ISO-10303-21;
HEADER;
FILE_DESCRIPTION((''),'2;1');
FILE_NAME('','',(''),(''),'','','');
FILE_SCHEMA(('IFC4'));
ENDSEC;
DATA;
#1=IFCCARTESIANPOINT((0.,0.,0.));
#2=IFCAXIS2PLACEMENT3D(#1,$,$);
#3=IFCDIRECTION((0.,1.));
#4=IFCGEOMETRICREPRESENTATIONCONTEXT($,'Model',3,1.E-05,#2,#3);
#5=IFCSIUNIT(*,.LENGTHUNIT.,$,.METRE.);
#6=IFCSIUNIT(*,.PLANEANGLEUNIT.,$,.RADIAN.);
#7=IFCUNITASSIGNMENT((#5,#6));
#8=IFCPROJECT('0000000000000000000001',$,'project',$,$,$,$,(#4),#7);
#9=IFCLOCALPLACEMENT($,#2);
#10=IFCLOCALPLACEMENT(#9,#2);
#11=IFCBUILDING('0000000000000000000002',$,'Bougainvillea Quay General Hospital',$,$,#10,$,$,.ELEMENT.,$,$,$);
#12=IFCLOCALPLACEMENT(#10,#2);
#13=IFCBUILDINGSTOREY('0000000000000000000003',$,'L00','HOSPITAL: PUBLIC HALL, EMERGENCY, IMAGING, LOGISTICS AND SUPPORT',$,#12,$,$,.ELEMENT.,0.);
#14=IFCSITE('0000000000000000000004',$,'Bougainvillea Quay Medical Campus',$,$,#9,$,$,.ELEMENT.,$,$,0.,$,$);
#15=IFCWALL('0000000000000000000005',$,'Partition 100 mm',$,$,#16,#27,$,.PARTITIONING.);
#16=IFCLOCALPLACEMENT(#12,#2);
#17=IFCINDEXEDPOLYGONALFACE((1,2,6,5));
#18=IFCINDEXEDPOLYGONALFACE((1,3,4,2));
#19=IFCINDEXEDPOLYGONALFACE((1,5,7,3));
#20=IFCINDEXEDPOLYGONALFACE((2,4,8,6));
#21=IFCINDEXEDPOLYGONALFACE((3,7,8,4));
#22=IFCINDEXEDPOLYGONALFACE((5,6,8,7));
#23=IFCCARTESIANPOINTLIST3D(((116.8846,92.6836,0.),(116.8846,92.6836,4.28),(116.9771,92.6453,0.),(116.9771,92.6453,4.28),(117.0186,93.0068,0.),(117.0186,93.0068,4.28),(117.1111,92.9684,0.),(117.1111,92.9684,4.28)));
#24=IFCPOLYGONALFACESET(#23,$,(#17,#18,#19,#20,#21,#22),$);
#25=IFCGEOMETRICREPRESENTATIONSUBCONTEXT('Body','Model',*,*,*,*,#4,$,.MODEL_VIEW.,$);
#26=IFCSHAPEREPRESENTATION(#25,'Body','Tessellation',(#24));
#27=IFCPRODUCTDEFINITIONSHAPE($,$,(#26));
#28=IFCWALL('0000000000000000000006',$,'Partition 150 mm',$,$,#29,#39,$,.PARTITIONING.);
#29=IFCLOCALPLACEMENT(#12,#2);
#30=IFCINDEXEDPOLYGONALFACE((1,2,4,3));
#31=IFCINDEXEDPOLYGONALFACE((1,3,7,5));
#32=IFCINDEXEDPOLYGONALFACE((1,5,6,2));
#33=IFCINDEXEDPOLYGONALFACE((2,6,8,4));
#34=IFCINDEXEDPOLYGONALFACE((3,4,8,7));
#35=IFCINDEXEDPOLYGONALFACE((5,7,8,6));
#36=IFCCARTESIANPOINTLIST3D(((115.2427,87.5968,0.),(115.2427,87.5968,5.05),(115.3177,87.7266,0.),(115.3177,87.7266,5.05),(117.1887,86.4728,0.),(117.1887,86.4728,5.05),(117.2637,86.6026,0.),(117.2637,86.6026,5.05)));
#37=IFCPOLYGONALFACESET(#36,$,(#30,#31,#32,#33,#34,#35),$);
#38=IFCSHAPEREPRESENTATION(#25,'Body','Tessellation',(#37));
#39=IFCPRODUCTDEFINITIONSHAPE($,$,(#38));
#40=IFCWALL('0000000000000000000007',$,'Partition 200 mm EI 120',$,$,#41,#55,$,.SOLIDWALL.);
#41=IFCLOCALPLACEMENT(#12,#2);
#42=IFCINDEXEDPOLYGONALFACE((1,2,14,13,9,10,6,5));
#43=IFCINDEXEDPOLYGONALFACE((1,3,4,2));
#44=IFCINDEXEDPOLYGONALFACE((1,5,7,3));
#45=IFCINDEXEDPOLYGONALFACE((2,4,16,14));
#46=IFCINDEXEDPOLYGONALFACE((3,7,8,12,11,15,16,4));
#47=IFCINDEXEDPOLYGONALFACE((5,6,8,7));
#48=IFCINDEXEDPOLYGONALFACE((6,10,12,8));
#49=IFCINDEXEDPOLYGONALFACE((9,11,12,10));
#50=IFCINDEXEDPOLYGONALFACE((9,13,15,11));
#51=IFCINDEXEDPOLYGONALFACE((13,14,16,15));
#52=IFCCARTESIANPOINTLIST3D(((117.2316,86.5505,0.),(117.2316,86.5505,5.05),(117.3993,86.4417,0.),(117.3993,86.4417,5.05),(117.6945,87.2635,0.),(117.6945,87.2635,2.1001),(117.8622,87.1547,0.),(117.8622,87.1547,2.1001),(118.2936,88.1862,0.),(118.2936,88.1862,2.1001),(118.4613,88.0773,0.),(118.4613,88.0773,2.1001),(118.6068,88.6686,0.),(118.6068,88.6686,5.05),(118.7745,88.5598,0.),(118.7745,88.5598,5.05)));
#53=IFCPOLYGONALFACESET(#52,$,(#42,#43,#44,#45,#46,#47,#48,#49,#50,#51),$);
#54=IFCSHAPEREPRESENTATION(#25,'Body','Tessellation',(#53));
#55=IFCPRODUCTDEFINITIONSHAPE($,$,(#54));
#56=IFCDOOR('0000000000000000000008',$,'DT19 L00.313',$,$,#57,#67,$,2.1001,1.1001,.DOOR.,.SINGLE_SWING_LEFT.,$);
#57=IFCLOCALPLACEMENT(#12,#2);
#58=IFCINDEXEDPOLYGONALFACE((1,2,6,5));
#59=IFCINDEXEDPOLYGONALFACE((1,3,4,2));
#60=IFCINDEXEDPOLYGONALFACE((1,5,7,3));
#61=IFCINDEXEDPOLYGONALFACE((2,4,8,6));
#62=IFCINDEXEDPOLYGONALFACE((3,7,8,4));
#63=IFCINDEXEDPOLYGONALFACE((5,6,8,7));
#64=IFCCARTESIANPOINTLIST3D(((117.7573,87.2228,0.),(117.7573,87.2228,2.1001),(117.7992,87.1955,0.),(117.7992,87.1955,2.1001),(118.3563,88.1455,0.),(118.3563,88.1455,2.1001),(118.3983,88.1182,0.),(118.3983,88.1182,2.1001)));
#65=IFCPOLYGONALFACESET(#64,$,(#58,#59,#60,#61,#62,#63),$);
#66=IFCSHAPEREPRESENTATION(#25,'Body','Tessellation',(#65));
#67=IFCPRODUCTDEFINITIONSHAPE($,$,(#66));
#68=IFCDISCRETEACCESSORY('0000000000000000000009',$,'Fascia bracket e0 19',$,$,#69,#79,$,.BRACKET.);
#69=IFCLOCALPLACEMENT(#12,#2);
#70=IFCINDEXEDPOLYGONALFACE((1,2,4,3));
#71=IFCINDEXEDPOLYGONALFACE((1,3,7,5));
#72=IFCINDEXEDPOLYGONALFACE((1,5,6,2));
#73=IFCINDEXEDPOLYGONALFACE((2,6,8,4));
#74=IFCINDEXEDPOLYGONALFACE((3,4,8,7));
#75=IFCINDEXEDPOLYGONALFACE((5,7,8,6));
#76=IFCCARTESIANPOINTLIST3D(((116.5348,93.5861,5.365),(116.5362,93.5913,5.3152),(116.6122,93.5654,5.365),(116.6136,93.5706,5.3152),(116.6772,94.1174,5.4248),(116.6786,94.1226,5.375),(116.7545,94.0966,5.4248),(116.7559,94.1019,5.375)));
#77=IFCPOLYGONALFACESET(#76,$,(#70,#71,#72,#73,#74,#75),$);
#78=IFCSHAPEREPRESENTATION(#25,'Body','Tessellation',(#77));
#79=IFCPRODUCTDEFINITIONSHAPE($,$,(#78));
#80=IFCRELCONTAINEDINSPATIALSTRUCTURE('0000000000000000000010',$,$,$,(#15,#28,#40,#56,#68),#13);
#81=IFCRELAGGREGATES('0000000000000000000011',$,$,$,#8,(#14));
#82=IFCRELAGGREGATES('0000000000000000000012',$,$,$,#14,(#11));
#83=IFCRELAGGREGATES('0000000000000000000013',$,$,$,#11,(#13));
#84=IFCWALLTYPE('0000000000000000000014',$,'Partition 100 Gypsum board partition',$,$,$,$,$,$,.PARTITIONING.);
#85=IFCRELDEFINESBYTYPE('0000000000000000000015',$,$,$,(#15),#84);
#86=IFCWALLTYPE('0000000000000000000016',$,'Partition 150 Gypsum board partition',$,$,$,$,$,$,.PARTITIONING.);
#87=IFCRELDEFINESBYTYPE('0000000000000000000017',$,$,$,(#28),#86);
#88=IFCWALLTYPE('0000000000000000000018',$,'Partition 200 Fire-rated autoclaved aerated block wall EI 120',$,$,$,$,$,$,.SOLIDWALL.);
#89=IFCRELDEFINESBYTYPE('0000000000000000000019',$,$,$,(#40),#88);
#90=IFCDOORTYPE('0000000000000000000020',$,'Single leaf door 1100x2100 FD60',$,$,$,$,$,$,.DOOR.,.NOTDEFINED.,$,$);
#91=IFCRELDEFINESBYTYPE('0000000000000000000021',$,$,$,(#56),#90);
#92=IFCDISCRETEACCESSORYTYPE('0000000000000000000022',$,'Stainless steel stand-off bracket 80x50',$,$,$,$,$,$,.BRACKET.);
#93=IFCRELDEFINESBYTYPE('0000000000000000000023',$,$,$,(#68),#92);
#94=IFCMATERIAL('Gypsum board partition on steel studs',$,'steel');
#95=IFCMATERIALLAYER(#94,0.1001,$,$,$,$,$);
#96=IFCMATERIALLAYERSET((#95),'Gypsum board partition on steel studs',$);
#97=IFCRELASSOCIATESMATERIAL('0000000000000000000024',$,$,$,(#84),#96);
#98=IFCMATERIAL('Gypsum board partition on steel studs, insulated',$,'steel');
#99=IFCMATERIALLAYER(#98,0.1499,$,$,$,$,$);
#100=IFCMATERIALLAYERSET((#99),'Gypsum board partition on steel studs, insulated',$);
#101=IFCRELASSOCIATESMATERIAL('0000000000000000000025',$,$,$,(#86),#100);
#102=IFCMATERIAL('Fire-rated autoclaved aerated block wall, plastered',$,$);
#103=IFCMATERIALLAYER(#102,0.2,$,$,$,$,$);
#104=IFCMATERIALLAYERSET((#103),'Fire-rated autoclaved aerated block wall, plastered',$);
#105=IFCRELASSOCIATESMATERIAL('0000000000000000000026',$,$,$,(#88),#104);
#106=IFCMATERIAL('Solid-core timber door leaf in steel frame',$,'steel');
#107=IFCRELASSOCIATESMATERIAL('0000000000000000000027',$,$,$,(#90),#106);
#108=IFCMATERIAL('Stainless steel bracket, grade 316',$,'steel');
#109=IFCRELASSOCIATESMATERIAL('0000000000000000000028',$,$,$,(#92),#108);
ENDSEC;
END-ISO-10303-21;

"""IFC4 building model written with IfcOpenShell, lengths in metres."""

from ifc_helpers import new_model, si_unit, direction, frame, frame_2d, origin, origin_2d, place, context, subcontext, project, spatial, rectangle, extrude, material, layer, layer_set, material_profile, profile_set, type_object, element, fill, save


model = new_model("IFC4")

# Units and contexts
model_context = context("Model", 3, precision=1e-05, world=origin(), true_north=direction((0.0, 1.0)))
body_context = subcontext(model_context, "Body", "Model", "MODEL_VIEW")
ifc_project = project(units=[si_unit("LENGTHUNIT", "METRE"), si_unit("PLANEANGLEUNIT", "RADIAN")], contexts=[model_context])

# Site, building, storey
site_placement = place(None, origin())
site = spatial("IfcSite", under=ifc_project, at=site_placement, Name="Bougainvillea Quay Medical Campus", CompositionType="ELEMENT", RefElevation=0.0)
building_placement = place(site_placement, origin())
building = spatial("IfcBuilding", under=site, at=building_placement, Name="Bougainvillea Quay General Hospital", CompositionType="ELEMENT")
storey_placement = place(building_placement, origin())
storey = spatial("IfcBuildingStorey", under=building, at=storey_placement, Name="L00", Description="HOSPITAL: PUBLIC HALL, EMERGENCY, IMAGING, LOGISTICS AND SUPPORT", CompositionType="ELEMENT", Elevation=0.0)

# Walls
ifc_material_1 = material(Name="Gypsum board partition on steel studs", Category="steel")
ifc_layer_1 = layer(ifc_material_1, 0.1001)
ifc_layer_set_1 = layer_set([ifc_layer_1], Name="Gypsum board partition on steel studs")
wall_type_1 = type_object("IfcWallType", Name="Partition 100 Gypsum board partition", PredefinedType="PARTITIONING", material=ifc_layer_set_1)
wall_1_placement = place(storey_placement, frame((116.9309, 92.6646, 0.0), z_axis=(0.0, 0.0, 1.0), x_axis=(0.38303, 0.923736, 0.0)))
element("IfcWall", 1, at=wall_1_placement, inside=storey, type_object=wall_type_1, Name="Partition 100 mm", PredefinedType="PARTITIONING", context=body_context, shape_type="SweptSolid", body=[
    extrude(rectangle(XDim=0.3499, YDim=0.1001, at=frame_2d((0.1748, 0.0))), origin(), (0.0, 0.0, 1.0), 4.28),
])
ifc_material_2 = material(Name="Gypsum board partition on steel studs, insulated", Category="steel")
ifc_layer_2 = layer(ifc_material_2, 0.1499)
ifc_layer_set_2 = layer_set([ifc_layer_2], Name="Gypsum board partition on steel studs, insulated")
wall_type_2 = type_object("IfcWallType", Name="Partition 150 Gypsum board partition", PredefinedType="PARTITIONING", material=ifc_layer_set_2)
wall_2_placement = place(storey_placement, frame((115.2803, 87.6616, 0.0), z_axis=(0.0, 0.0, 1.0), x_axis=(0.865934, -0.500158, 0.0)))
element("IfcWall", 2, at=wall_2_placement, inside=storey, type_object=wall_type_2, Name="Partition 150 mm", PredefinedType="PARTITIONING", context=body_context, shape_type="SweptSolid", body=[
    extrude(rectangle(XDim=2.2473, YDim=0.1499, at=frame_2d((1.1235, 0.0))), origin(), (0.0, 0.0, 1.0), 5.05),
])

# Wall, opening, door
ifc_material_3 = material(Name="Fire-rated autoclaved aerated block wall, plastered")
ifc_layer_3 = layer(ifc_material_3, 0.2)
ifc_layer_set_3 = layer_set([ifc_layer_3], Name="Fire-rated autoclaved aerated block wall, plastered")
wall_type_3 = type_object("IfcWallType", Name="Partition 200 Fire-rated autoclaved aerated block wall EI 120", PredefinedType="SOLIDWALL", material=ifc_layer_set_3)
wall_3_placement = place(storey_placement, frame((117.3154, 86.4961, 0.0), z_axis=(0.0, 0.0, 1.0), x_axis=(0.544553, 0.838726, 0.0)))
wall_3 = element("IfcWall", 3, at=wall_3_placement, inside=storey, type_object=wall_type_3, Name="Partition 200 mm EI 120", PredefinedType="SOLIDWALL", context=body_context, shape_type="SweptSolid", body=[
    extrude(rectangle(XDim=2.5254, YDim=0.2, at=frame_2d((1.2627, 0.0))), origin(), (0.0, 0.0, 1.0), 5.05),
])
opening_placement = place(wall_3_placement, frame((0.8501, 0.0, 0.0)))
opening = element("IfcOpeningElement", 4, at=opening_placement, cuts=wall_3, PredefinedType="OPENING", context=body_context, shape_type="SweptSolid", body=[
    extrude(rectangle(XDim=1.1001, YDim=2.1001, at=frame_2d((0.55, 1.05))), frame((0.0, 0.1099, 0.0), z_axis=(0.0, -1.0, 0.0), x_axis=(1.0, 0.0, 0.0)), (0.0, 0.0, 1.0), 0.22),
])
ifc_material_4 = material(Name="Solid-core timber door leaf in steel frame", Category="steel")
door_type = type_object("IfcDoorType", Name="Single leaf door 1100x2100 FD60", OperationType="NOTDEFINED", PredefinedType="DOOR", material=ifc_material_4)
door_placement = place(opening_placement, frame((1.1001, 0.0, 0.0), z_axis=(0.0, 0.0, 1.0), x_axis=(-1.0, 0.0, 0.0)))
door = element("IfcDoor", 5, at=door_placement, inside=storey, type_object=door_type, Name="DT19 L00.313", OperationType="SINGLE_SWING_LEFT", OverallHeight=2.1001, OverallWidth=1.1001, PredefinedType="DOOR", context=body_context, shape_type="SweptSolid", body=[
    extrude(rectangle(XDim=1.1001, YDim=2.1001, at=frame_2d((0.55, 1.05))), frame((0.0, 0.0249, 0.0), z_axis=(0.0, -1.0, 0.0), x_axis=(1.0, 0.0, 0.0)), (0.0, 0.0, 1.0), 0.05),
])
fill(opening, door)

# Discrete accessory
ifc_material_5 = material(Name="Stainless steel bracket, grade 316", Category="steel")
ifc_material_profile_1 = material_profile(ifc_material_5, rectangle(XDim=0.0801, YDim=0.05, at=origin_2d()))
ifc_profile_set_1 = profile_set([ifc_material_profile_1], Name="Stainless steel bracket, grade 316")
discrete_accessory_type = type_object("IfcDiscreteAccessoryType", Name="Stainless steel stand-off bracket 80x50", PredefinedType="BRACKET", material=ifc_profile_set_1)
discrete_accessory_placement = place(storey_placement, frame((116.5742, 93.5784, 5.3401), z_axis=(0.257278, 0.96027, 0.108119), x_axis=(-0.965932, 0.258795, 0.0)))
element("IfcDiscreteAccessory", 6, at=discrete_accessory_placement, inside=storey, type_object=discrete_accessory_type, Name="Fascia bracket e0 19", PredefinedType="BRACKET", context=body_context, shape_type="SweptSolid", body=[
    extrude(rectangle(XDim=0.0801, YDim=0.05, at=origin_2d()), origin(), (0.0, 0.0, 1.0), 0.5532),
])

save(model, "model.ifc")
